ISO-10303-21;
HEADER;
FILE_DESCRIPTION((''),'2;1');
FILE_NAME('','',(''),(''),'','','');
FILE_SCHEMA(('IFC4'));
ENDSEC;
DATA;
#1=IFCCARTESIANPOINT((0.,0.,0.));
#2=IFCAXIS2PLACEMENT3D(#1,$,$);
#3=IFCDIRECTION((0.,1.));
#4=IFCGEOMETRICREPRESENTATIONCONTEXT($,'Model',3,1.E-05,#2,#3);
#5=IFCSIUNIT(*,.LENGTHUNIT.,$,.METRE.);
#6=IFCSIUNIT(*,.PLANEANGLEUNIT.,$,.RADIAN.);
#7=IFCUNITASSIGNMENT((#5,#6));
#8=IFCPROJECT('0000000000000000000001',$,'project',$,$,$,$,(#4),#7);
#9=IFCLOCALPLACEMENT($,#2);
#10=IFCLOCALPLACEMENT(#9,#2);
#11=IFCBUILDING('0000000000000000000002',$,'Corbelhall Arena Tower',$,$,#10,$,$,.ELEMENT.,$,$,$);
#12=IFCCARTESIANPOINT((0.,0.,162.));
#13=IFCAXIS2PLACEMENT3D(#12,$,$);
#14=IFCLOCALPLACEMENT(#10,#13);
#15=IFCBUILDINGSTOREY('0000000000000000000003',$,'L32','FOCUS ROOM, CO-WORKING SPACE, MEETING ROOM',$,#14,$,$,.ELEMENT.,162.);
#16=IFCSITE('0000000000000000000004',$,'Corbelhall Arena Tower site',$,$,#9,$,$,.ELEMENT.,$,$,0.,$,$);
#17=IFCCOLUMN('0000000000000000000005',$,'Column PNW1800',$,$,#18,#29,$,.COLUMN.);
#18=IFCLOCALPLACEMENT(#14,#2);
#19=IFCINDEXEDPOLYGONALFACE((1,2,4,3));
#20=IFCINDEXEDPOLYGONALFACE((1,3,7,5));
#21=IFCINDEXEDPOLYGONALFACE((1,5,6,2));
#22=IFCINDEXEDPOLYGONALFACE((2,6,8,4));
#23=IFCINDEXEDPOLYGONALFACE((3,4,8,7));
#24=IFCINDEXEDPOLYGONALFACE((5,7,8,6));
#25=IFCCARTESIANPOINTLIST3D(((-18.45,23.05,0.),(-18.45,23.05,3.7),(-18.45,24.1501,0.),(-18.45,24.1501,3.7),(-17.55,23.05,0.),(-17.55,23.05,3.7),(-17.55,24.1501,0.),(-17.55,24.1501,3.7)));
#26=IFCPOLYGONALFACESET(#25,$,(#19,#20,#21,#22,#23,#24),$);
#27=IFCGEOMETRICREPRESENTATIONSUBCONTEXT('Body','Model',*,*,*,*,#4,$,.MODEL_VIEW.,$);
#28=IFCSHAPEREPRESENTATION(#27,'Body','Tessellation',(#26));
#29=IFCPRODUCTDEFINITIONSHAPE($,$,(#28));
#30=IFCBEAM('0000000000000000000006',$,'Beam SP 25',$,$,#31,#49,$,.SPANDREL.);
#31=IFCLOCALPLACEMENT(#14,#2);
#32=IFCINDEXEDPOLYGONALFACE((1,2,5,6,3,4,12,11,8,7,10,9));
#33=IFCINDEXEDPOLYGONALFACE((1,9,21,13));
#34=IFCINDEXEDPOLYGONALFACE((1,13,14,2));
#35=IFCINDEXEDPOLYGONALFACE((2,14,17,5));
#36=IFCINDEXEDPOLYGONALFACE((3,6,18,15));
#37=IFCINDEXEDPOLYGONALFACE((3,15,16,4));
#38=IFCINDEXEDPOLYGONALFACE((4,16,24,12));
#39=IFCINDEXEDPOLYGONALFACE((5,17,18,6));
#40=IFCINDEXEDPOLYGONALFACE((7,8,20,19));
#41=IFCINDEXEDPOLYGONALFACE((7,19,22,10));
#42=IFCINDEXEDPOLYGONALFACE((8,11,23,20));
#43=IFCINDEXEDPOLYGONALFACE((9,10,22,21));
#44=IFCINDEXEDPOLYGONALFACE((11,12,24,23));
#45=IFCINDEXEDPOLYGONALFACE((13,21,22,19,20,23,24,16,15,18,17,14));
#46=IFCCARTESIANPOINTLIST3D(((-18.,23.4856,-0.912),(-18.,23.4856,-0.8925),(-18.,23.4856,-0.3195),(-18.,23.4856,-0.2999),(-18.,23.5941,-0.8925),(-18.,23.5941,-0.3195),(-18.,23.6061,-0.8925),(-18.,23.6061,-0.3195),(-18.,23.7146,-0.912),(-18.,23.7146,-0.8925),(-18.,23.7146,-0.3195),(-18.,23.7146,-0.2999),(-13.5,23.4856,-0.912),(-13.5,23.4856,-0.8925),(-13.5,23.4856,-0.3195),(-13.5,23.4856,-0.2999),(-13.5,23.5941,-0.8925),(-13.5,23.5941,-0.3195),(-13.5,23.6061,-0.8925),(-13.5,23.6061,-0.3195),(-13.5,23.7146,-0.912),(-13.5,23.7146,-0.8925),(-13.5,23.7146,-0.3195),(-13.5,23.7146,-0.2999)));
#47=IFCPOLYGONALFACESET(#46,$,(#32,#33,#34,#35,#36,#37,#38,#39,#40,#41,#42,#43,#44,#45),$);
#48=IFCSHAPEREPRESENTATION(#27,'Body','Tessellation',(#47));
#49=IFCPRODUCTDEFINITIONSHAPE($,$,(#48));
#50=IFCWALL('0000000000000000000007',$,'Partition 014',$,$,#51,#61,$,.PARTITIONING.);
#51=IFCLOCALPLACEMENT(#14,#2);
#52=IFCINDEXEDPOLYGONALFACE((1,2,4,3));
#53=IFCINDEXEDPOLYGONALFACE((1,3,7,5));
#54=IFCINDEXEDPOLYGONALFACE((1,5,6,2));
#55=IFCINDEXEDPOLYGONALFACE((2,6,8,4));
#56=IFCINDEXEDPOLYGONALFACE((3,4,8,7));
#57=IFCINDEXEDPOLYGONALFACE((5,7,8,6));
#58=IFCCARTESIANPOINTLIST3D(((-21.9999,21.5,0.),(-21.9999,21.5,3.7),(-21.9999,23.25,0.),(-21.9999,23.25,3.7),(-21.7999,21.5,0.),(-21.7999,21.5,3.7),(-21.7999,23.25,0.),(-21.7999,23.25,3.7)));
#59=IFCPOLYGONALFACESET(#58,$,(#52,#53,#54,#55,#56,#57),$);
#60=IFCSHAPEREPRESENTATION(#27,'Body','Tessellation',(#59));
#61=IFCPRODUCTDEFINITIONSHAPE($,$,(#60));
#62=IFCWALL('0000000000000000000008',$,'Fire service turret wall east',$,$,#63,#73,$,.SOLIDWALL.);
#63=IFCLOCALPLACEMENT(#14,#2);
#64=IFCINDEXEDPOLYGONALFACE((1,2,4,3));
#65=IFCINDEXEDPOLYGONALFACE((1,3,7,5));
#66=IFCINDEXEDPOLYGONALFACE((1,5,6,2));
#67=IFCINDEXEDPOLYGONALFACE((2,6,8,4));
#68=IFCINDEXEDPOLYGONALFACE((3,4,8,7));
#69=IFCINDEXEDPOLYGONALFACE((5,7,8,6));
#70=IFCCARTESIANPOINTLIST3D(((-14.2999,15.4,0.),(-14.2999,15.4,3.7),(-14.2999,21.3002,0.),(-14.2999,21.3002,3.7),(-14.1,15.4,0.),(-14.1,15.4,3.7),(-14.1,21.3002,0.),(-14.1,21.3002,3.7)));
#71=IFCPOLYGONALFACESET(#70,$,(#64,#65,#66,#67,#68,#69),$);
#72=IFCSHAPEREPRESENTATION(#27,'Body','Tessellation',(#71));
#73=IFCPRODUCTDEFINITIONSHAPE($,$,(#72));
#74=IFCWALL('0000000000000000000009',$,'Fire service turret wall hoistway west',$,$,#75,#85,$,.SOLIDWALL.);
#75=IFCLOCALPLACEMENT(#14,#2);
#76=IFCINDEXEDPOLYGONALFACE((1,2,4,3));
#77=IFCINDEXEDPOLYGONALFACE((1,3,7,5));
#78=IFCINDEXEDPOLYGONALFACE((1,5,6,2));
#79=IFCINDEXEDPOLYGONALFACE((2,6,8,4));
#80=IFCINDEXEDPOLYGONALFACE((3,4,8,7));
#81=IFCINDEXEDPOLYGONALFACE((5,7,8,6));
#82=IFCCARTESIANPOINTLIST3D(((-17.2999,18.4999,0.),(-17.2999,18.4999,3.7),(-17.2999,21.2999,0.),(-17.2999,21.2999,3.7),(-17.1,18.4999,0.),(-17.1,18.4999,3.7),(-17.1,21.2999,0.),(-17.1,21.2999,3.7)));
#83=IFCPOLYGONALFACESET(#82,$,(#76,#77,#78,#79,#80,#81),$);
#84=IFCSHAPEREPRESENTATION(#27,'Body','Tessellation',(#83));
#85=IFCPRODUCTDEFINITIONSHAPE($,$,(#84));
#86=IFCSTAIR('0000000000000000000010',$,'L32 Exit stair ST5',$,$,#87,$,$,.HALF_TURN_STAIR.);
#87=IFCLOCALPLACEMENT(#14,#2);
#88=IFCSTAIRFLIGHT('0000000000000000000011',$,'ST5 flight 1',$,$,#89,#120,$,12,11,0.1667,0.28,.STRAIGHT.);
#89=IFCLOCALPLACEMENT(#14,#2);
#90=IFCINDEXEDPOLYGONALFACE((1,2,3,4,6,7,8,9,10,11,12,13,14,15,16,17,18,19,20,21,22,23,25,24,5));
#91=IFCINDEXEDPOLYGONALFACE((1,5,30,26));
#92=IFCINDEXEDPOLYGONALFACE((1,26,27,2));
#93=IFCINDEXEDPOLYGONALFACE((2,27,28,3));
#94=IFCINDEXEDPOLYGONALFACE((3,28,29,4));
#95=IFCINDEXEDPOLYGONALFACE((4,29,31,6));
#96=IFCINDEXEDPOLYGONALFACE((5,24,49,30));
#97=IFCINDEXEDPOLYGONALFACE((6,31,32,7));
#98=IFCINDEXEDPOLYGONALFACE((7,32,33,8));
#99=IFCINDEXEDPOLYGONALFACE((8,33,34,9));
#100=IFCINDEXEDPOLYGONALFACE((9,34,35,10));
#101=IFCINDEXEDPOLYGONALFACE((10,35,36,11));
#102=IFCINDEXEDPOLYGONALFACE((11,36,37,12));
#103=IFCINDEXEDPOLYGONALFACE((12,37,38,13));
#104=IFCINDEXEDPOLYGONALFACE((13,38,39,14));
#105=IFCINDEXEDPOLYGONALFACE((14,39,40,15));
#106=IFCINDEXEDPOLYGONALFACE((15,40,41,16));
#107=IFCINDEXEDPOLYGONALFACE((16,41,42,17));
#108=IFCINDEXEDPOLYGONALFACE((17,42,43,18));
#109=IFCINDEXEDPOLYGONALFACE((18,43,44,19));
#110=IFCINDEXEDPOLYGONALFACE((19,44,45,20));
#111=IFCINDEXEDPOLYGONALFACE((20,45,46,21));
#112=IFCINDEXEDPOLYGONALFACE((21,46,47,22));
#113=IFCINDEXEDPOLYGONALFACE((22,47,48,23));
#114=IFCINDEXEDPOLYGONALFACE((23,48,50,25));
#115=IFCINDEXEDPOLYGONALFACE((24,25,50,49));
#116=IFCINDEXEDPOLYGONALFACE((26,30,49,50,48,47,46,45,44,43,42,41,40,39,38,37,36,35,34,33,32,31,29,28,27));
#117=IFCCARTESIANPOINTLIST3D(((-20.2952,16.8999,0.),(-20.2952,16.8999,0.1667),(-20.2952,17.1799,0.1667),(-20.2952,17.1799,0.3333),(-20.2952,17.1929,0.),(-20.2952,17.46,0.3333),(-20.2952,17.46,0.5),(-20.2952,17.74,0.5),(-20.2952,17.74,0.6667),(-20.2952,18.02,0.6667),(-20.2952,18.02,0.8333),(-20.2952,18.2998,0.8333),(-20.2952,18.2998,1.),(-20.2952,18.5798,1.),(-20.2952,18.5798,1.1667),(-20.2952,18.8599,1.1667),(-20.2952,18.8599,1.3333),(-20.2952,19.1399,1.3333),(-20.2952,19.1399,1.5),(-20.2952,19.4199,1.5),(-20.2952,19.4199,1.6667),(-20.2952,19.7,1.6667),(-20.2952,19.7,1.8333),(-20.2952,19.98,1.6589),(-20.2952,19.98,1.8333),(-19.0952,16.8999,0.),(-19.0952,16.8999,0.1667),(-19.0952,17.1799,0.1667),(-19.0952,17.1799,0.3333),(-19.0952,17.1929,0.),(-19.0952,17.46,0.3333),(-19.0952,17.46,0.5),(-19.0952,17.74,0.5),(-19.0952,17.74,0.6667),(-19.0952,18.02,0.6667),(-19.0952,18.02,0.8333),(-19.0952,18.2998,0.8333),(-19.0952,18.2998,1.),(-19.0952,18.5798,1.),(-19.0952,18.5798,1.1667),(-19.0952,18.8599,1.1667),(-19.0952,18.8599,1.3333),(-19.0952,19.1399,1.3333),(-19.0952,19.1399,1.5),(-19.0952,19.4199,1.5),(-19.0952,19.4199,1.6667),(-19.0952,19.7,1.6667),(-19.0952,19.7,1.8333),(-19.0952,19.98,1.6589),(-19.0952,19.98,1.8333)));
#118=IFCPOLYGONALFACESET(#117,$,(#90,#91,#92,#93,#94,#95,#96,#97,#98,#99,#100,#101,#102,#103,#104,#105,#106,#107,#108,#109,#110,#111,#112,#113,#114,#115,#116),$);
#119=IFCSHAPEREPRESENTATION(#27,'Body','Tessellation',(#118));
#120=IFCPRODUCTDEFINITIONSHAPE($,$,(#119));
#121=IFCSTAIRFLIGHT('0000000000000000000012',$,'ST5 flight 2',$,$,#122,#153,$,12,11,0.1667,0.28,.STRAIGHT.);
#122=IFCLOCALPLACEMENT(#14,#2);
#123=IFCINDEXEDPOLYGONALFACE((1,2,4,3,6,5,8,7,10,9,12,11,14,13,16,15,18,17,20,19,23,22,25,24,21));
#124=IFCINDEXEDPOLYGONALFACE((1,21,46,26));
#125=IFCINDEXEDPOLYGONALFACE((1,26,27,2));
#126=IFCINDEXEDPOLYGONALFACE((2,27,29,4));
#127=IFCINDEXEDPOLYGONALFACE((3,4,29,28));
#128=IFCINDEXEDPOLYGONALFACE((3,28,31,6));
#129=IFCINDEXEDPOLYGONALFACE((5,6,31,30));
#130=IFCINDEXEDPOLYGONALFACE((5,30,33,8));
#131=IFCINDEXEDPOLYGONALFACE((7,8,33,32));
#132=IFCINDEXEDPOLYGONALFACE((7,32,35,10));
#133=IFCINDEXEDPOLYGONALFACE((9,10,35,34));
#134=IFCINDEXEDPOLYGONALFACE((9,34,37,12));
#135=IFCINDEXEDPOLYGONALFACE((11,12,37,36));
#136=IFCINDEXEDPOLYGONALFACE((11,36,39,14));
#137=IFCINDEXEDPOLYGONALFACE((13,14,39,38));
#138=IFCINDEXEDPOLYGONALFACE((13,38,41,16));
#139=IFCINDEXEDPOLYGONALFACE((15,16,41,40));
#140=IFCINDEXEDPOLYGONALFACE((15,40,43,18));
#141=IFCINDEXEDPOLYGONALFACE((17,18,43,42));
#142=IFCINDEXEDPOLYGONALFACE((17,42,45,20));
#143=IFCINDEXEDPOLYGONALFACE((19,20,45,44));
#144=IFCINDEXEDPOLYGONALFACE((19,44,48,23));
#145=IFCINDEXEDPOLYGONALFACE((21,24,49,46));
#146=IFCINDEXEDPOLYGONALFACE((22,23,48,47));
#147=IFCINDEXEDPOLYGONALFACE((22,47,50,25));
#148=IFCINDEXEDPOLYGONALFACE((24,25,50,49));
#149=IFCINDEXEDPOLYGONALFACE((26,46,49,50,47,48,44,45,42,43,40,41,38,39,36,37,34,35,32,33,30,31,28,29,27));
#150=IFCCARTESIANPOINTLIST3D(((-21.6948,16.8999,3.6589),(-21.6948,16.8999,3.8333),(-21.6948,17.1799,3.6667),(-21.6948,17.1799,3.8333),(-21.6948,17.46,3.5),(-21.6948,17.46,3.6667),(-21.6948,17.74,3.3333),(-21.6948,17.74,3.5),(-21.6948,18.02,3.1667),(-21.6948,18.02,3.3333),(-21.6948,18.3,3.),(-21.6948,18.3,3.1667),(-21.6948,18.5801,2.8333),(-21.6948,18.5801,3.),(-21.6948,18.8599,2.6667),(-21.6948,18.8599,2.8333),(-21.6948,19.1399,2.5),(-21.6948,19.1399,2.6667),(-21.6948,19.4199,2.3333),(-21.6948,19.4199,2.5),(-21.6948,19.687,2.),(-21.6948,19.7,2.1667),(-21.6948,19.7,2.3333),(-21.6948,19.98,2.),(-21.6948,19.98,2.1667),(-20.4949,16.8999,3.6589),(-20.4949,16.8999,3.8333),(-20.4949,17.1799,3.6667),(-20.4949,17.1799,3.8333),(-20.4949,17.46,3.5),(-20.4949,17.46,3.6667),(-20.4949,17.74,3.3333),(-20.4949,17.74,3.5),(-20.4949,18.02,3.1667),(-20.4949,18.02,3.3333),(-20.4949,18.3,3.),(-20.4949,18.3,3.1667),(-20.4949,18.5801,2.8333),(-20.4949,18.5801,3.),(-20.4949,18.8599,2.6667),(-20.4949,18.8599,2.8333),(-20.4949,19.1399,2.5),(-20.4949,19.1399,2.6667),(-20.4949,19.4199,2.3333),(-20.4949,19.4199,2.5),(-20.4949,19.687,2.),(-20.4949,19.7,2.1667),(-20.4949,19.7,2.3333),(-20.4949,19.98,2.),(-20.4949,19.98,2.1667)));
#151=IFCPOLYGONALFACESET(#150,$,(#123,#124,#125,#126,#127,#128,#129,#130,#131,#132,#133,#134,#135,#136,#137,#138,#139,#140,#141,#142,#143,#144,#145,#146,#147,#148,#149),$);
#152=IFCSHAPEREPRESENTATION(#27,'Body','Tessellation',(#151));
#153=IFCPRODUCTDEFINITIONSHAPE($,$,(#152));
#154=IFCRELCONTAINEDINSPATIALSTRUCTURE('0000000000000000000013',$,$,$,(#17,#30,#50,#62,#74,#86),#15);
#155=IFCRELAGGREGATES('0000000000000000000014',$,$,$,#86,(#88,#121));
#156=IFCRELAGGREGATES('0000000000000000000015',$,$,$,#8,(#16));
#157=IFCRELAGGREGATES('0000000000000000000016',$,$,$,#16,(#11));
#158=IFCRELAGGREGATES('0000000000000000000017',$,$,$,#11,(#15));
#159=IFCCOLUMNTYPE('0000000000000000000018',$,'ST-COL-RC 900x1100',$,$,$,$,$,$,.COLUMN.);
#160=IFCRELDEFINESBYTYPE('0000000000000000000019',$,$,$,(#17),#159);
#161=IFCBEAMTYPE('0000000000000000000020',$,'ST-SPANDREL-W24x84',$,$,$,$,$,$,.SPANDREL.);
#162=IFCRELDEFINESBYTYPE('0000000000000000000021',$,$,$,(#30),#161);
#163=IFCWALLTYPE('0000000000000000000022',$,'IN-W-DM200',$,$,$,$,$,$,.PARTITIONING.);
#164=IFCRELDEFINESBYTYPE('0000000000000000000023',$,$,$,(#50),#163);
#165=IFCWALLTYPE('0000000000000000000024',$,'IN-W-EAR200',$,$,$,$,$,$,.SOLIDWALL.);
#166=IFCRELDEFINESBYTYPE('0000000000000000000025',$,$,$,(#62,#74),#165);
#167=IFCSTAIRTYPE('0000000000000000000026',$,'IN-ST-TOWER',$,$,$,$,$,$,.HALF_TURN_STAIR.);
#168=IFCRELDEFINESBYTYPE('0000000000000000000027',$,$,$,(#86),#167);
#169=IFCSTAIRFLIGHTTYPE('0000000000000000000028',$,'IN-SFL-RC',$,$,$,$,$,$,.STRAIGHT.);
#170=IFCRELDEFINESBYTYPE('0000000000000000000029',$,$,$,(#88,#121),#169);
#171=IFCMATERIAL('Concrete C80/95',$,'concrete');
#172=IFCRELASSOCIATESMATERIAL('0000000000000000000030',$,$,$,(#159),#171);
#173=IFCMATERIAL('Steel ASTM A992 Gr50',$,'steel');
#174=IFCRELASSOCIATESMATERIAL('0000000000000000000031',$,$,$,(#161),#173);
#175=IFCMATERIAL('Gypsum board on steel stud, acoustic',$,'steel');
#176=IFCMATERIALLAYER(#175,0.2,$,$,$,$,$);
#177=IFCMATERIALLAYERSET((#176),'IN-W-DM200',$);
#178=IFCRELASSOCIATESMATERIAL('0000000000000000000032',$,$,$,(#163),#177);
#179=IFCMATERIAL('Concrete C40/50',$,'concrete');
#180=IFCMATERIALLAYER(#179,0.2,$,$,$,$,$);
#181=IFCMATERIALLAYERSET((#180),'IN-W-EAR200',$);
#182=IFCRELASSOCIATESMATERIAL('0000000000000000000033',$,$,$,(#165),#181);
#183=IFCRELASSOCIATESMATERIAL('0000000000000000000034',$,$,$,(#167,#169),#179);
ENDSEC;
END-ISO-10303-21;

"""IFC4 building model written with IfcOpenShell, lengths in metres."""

from ifc_helpers import new_model, si_unit, direction, frame, frame_2d, origin, origin_2d, place, context, subcontext, project, spatial, polyline, rectangle, i_section, outline, extrude, material, layer, layer_set, material_profile, profile_set, type_object, element, aggregate, save


model = new_model("IFC4")

# Units and contexts
model_context = context("Model", 3, precision=1e-05, world=origin(), true_north=direction((0.0, 1.0)))
body_context = subcontext(model_context, "Body", "Model", "MODEL_VIEW")
ifc_project = project(units=[si_unit("LENGTHUNIT", "METRE"), si_unit("PLANEANGLEUNIT", "RADIAN")], contexts=[model_context])

# Site, building, storey
site_placement = place(None, origin())
site = spatial("IfcSite", under=ifc_project, at=site_placement, Name="Corbelhall Arena Tower site", CompositionType="ELEMENT", RefElevation=0.0)
building_placement = place(site_placement, origin())
building = spatial("IfcBuilding", under=site, at=building_placement, Name="Corbelhall Arena Tower", CompositionType="ELEMENT")
storey_placement = place(building_placement, frame((0.0, 0.0, 162.0)))
storey = spatial("IfcBuildingStorey", under=building, at=storey_placement, Name="L32", Description="FOCUS ROOM, CO-WORKING SPACE, MEETING ROOM", CompositionType="ELEMENT", Elevation=162.0)

# Column
ifc_material_1 = material(Name="Concrete C80/95", Category="concrete")
ifc_material_profile_1 = material_profile(ifc_material_1, rectangle(XDim=0.8999, YDim=1.1001, at=origin_2d()))
ifc_profile_set_1 = profile_set([ifc_material_profile_1], Name="Concrete C80/95")
column_type = type_object("IfcColumnType", Name="ST-COL-RC 900x1100", PredefinedType="COLUMN", material=ifc_profile_set_1)
column_placement = place(storey_placement, frame((-18.0, 23.6001, 0.0), z_axis=(0.0, 0.0, 1.0), x_axis=(1.0, 0.0, 0.0)))
element("IfcColumn", 1, at=column_placement, inside=storey, type_object=column_type, Name="Column PNW1800", PredefinedType="COLUMN", context=body_context, shape_type="SweptSolid", body=[
    extrude(rectangle(XDim=0.8999, YDim=1.1001, at=origin_2d()), origin(), (0.0, 0.0, 1.0), 3.7),
])

# Beam
ifc_material_2 = material(Name="Steel ASTM A992 Gr50", Category="steel")
ifc_material_profile_2 = material_profile(ifc_material_2, i_section(OverallWidth=0.229, OverallDepth=0.6121, WebThickness=0.012, FlangeThickness=0.0195, at=origin_2d()))
ifc_profile_set_2 = profile_set([ifc_material_profile_2], Name="Steel ASTM A992 Gr50")
beam_type = type_object("IfcBeamType", Name="ST-SPANDREL-W24x84", PredefinedType="SPANDREL", material=ifc_profile_set_2)
beam_placement = place(storey_placement, frame((-18.0, 23.6001, -0.606), z_axis=(1.0, 0.0, 0.0), x_axis=(0.0, 1.0, 0.0)))
element("IfcBeam", 2, at=beam_placement, inside=storey, type_object=beam_type, Name="Beam SP 25", PredefinedType="SPANDREL", context=body_context, shape_type="SweptSolid", body=[
    extrude(i_section(OverallWidth=0.229, OverallDepth=0.6121, WebThickness=0.012, FlangeThickness=0.0195, at=origin_2d()), origin(), (0.0, 0.0, 1.0), 4.5),
])

# Wall
ifc_material_3 = material(Name="Gypsum board on steel stud, acoustic", Category="steel")
ifc_layer_1 = layer(ifc_material_3, 0.2)
ifc_layer_set_1 = layer_set([ifc_layer_1], Name="IN-W-DM200")
wall_type_1 = type_object("IfcWallType", Name="IN-W-DM200", PredefinedType="PARTITIONING", material=ifc_layer_set_1)
wall_1_placement = place(storey_placement, frame((-21.8999, 21.5, 0.0), z_axis=(0.0, 0.0, 1.0), x_axis=(0.0, 1.0, 0.0)))
element("IfcWall", 3, at=wall_1_placement, inside=storey, type_object=wall_type_1, Name="Partition 014", PredefinedType="PARTITIONING", context=body_context, shape_type="SweptSolid", body=[
    extrude(rectangle(XDim=1.75, YDim=0.2, at=frame_2d((0.875, 0.0))), origin(), (0.0, 0.0, 1.0), 3.7),
])

# Shared definitions
ifc_material_4 = material(Name="Concrete C40/50", Category="concrete")
ifc_layer_2 = layer(ifc_material_4, 0.2)
ifc_layer_set_2 = layer_set([ifc_layer_2], Name="IN-W-EAR200")
wall_type_2 = type_object("IfcWallType", Name="IN-W-EAR200", PredefinedType="SOLIDWALL", material=ifc_layer_set_2)

# Wall
wall_2_placement = place(storey_placement, frame((-14.2, 15.3999, 0.0), z_axis=(0.0, 0.0, 1.0), x_axis=(0.0, 1.0, 0.0)))
element("IfcWall", 4, at=wall_2_placement, inside=storey, type_object=wall_type_2, Name="Fire service turret wall east", PredefinedType="SOLIDWALL", context=body_context, shape_type="SweptSolid", body=[
    extrude(rectangle(XDim=5.9001, YDim=0.2, at=frame_2d((2.9502, 0.0))), origin(), (0.0, 0.0, 1.0), 3.7),
])

# Wall
wall_3_placement = place(storey_placement, frame((-17.2, 18.5, 0.0), z_axis=(0.0, 0.0, 1.0), x_axis=(0.0, 1.0, 0.0)))
element("IfcWall", 5, at=wall_3_placement, inside=storey, type_object=wall_type_2, Name="Fire service turret wall hoistway west", PredefinedType="SOLIDWALL", context=body_context, shape_type="SweptSolid", body=[
    extrude(rectangle(XDim=2.8, YDim=0.2, at=frame_2d((1.3999, 0.0))), origin(), (0.0, 0.0, 1.0), 3.7),
])

# Stair, stair flights
stair_type = type_object("IfcStairType", Name="IN-ST-TOWER", PredefinedType="HALF_TURN_STAIR", material=ifc_material_4)
stair_placement = place(storey_placement, origin())
stair = element("IfcStair", 6, at=stair_placement, inside=storey, type_object=stair_type, Name="L32 Exit stair ST5", PredefinedType="HALF_TURN_STAIR")
stair_flight_type = type_object("IfcStairFlightType", Name="IN-SFL-RC", PredefinedType="STRAIGHT", material=ifc_material_4)
stair_flight_1_placement = place(storey_placement, frame((-19.6951, 16.8999, 0.0), z_axis=(0.0, 0.0, 1.0), x_axis=(0.0, 1.0, 0.0)))
stair_flight_1 = element("IfcStairFlight", 7, at=stair_flight_1_placement, type_object=stair_flight_type, Name="ST5 flight 1", NumberOfRisers=12, NumberOfTreads=11, PredefinedType="STRAIGHT", RiserHeight=0.1667, TreadLength=0.28, context=body_context, shape_type="SweptSolid", body=[
    extrude(outline(polyline([(0.0, 0.0), (0.0, 0.1667), (0.28, 0.1667), (0.28, 0.3333), (0.5601, 0.3333), (0.5601, 0.5), (0.8401, 0.5), (0.8401, 0.6667), (1.1201, 0.6667), (1.1201, 0.8333), (1.3999, 0.8333), (1.3999, 1.0), (1.6799, 1.0), (1.6799, 1.1667), (1.96, 1.1667), (1.96, 1.3333), (2.24, 1.3333), (2.24, 1.5), (2.52, 1.5), (2.52, 1.6667), (2.8, 1.6667), (2.8, 1.8333), (3.0801, 1.8333), (3.0801, 2.0), (3.0801, 1.6589), (0.293, 0.0), (0.0, 0.0)])), frame((0.0, 0.6001, 0.0), z_axis=(0.0, -1.0, 0.0), x_axis=(1.0, 0.0, 0.0)), (0.0, 0.0, 1.0), 1.2),
])
stair_flight_2_placement = place(storey_placement, frame((-21.095, 19.98, 2.0), z_axis=(0.0, 0.0, 1.0), x_axis=(0.0, -1.0, 0.0)))
stair_flight_2 = element("IfcStairFlight", 8, at=stair_flight_2_placement, type_object=stair_flight_type, Name="ST5 flight 2", NumberOfRisers=12, NumberOfTreads=11, PredefinedType="STRAIGHT", RiserHeight=0.1667, TreadLength=0.28, context=body_context, shape_type="SweptSolid", body=[
    extrude(outline(polyline([(0.0, 0.0), (0.0, 0.1667), (0.28, 0.1667), (0.28, 0.3333), (0.5601, 0.3333), (0.5601, 0.5), (0.8401, 0.5), (0.8401, 0.6667), (1.1201, 0.6667), (1.1201, 0.8333), (1.3999, 0.8333), (1.3999, 1.0), (1.6799, 1.0), (1.6799, 1.1667), (1.96, 1.1667), (1.96, 1.3333), (2.24, 1.3333), (2.24, 1.5), (2.52, 1.5), (2.52, 1.6667), (2.8, 1.6667), (2.8, 1.8333), (3.0801, 1.8333), (3.0801, 2.0), (3.0801, 1.6589), (0.293, 0.0), (0.0, 0.0)])), frame((0.0, 0.6001, 0.0), z_axis=(0.0, -1.0, 0.0), x_axis=(1.0, 0.0, 0.0)), (0.0, 0.0, 1.0), 1.2),
])
aggregate(stair, [stair_flight_1, stair_flight_2])

save(model, "model.ifc")
